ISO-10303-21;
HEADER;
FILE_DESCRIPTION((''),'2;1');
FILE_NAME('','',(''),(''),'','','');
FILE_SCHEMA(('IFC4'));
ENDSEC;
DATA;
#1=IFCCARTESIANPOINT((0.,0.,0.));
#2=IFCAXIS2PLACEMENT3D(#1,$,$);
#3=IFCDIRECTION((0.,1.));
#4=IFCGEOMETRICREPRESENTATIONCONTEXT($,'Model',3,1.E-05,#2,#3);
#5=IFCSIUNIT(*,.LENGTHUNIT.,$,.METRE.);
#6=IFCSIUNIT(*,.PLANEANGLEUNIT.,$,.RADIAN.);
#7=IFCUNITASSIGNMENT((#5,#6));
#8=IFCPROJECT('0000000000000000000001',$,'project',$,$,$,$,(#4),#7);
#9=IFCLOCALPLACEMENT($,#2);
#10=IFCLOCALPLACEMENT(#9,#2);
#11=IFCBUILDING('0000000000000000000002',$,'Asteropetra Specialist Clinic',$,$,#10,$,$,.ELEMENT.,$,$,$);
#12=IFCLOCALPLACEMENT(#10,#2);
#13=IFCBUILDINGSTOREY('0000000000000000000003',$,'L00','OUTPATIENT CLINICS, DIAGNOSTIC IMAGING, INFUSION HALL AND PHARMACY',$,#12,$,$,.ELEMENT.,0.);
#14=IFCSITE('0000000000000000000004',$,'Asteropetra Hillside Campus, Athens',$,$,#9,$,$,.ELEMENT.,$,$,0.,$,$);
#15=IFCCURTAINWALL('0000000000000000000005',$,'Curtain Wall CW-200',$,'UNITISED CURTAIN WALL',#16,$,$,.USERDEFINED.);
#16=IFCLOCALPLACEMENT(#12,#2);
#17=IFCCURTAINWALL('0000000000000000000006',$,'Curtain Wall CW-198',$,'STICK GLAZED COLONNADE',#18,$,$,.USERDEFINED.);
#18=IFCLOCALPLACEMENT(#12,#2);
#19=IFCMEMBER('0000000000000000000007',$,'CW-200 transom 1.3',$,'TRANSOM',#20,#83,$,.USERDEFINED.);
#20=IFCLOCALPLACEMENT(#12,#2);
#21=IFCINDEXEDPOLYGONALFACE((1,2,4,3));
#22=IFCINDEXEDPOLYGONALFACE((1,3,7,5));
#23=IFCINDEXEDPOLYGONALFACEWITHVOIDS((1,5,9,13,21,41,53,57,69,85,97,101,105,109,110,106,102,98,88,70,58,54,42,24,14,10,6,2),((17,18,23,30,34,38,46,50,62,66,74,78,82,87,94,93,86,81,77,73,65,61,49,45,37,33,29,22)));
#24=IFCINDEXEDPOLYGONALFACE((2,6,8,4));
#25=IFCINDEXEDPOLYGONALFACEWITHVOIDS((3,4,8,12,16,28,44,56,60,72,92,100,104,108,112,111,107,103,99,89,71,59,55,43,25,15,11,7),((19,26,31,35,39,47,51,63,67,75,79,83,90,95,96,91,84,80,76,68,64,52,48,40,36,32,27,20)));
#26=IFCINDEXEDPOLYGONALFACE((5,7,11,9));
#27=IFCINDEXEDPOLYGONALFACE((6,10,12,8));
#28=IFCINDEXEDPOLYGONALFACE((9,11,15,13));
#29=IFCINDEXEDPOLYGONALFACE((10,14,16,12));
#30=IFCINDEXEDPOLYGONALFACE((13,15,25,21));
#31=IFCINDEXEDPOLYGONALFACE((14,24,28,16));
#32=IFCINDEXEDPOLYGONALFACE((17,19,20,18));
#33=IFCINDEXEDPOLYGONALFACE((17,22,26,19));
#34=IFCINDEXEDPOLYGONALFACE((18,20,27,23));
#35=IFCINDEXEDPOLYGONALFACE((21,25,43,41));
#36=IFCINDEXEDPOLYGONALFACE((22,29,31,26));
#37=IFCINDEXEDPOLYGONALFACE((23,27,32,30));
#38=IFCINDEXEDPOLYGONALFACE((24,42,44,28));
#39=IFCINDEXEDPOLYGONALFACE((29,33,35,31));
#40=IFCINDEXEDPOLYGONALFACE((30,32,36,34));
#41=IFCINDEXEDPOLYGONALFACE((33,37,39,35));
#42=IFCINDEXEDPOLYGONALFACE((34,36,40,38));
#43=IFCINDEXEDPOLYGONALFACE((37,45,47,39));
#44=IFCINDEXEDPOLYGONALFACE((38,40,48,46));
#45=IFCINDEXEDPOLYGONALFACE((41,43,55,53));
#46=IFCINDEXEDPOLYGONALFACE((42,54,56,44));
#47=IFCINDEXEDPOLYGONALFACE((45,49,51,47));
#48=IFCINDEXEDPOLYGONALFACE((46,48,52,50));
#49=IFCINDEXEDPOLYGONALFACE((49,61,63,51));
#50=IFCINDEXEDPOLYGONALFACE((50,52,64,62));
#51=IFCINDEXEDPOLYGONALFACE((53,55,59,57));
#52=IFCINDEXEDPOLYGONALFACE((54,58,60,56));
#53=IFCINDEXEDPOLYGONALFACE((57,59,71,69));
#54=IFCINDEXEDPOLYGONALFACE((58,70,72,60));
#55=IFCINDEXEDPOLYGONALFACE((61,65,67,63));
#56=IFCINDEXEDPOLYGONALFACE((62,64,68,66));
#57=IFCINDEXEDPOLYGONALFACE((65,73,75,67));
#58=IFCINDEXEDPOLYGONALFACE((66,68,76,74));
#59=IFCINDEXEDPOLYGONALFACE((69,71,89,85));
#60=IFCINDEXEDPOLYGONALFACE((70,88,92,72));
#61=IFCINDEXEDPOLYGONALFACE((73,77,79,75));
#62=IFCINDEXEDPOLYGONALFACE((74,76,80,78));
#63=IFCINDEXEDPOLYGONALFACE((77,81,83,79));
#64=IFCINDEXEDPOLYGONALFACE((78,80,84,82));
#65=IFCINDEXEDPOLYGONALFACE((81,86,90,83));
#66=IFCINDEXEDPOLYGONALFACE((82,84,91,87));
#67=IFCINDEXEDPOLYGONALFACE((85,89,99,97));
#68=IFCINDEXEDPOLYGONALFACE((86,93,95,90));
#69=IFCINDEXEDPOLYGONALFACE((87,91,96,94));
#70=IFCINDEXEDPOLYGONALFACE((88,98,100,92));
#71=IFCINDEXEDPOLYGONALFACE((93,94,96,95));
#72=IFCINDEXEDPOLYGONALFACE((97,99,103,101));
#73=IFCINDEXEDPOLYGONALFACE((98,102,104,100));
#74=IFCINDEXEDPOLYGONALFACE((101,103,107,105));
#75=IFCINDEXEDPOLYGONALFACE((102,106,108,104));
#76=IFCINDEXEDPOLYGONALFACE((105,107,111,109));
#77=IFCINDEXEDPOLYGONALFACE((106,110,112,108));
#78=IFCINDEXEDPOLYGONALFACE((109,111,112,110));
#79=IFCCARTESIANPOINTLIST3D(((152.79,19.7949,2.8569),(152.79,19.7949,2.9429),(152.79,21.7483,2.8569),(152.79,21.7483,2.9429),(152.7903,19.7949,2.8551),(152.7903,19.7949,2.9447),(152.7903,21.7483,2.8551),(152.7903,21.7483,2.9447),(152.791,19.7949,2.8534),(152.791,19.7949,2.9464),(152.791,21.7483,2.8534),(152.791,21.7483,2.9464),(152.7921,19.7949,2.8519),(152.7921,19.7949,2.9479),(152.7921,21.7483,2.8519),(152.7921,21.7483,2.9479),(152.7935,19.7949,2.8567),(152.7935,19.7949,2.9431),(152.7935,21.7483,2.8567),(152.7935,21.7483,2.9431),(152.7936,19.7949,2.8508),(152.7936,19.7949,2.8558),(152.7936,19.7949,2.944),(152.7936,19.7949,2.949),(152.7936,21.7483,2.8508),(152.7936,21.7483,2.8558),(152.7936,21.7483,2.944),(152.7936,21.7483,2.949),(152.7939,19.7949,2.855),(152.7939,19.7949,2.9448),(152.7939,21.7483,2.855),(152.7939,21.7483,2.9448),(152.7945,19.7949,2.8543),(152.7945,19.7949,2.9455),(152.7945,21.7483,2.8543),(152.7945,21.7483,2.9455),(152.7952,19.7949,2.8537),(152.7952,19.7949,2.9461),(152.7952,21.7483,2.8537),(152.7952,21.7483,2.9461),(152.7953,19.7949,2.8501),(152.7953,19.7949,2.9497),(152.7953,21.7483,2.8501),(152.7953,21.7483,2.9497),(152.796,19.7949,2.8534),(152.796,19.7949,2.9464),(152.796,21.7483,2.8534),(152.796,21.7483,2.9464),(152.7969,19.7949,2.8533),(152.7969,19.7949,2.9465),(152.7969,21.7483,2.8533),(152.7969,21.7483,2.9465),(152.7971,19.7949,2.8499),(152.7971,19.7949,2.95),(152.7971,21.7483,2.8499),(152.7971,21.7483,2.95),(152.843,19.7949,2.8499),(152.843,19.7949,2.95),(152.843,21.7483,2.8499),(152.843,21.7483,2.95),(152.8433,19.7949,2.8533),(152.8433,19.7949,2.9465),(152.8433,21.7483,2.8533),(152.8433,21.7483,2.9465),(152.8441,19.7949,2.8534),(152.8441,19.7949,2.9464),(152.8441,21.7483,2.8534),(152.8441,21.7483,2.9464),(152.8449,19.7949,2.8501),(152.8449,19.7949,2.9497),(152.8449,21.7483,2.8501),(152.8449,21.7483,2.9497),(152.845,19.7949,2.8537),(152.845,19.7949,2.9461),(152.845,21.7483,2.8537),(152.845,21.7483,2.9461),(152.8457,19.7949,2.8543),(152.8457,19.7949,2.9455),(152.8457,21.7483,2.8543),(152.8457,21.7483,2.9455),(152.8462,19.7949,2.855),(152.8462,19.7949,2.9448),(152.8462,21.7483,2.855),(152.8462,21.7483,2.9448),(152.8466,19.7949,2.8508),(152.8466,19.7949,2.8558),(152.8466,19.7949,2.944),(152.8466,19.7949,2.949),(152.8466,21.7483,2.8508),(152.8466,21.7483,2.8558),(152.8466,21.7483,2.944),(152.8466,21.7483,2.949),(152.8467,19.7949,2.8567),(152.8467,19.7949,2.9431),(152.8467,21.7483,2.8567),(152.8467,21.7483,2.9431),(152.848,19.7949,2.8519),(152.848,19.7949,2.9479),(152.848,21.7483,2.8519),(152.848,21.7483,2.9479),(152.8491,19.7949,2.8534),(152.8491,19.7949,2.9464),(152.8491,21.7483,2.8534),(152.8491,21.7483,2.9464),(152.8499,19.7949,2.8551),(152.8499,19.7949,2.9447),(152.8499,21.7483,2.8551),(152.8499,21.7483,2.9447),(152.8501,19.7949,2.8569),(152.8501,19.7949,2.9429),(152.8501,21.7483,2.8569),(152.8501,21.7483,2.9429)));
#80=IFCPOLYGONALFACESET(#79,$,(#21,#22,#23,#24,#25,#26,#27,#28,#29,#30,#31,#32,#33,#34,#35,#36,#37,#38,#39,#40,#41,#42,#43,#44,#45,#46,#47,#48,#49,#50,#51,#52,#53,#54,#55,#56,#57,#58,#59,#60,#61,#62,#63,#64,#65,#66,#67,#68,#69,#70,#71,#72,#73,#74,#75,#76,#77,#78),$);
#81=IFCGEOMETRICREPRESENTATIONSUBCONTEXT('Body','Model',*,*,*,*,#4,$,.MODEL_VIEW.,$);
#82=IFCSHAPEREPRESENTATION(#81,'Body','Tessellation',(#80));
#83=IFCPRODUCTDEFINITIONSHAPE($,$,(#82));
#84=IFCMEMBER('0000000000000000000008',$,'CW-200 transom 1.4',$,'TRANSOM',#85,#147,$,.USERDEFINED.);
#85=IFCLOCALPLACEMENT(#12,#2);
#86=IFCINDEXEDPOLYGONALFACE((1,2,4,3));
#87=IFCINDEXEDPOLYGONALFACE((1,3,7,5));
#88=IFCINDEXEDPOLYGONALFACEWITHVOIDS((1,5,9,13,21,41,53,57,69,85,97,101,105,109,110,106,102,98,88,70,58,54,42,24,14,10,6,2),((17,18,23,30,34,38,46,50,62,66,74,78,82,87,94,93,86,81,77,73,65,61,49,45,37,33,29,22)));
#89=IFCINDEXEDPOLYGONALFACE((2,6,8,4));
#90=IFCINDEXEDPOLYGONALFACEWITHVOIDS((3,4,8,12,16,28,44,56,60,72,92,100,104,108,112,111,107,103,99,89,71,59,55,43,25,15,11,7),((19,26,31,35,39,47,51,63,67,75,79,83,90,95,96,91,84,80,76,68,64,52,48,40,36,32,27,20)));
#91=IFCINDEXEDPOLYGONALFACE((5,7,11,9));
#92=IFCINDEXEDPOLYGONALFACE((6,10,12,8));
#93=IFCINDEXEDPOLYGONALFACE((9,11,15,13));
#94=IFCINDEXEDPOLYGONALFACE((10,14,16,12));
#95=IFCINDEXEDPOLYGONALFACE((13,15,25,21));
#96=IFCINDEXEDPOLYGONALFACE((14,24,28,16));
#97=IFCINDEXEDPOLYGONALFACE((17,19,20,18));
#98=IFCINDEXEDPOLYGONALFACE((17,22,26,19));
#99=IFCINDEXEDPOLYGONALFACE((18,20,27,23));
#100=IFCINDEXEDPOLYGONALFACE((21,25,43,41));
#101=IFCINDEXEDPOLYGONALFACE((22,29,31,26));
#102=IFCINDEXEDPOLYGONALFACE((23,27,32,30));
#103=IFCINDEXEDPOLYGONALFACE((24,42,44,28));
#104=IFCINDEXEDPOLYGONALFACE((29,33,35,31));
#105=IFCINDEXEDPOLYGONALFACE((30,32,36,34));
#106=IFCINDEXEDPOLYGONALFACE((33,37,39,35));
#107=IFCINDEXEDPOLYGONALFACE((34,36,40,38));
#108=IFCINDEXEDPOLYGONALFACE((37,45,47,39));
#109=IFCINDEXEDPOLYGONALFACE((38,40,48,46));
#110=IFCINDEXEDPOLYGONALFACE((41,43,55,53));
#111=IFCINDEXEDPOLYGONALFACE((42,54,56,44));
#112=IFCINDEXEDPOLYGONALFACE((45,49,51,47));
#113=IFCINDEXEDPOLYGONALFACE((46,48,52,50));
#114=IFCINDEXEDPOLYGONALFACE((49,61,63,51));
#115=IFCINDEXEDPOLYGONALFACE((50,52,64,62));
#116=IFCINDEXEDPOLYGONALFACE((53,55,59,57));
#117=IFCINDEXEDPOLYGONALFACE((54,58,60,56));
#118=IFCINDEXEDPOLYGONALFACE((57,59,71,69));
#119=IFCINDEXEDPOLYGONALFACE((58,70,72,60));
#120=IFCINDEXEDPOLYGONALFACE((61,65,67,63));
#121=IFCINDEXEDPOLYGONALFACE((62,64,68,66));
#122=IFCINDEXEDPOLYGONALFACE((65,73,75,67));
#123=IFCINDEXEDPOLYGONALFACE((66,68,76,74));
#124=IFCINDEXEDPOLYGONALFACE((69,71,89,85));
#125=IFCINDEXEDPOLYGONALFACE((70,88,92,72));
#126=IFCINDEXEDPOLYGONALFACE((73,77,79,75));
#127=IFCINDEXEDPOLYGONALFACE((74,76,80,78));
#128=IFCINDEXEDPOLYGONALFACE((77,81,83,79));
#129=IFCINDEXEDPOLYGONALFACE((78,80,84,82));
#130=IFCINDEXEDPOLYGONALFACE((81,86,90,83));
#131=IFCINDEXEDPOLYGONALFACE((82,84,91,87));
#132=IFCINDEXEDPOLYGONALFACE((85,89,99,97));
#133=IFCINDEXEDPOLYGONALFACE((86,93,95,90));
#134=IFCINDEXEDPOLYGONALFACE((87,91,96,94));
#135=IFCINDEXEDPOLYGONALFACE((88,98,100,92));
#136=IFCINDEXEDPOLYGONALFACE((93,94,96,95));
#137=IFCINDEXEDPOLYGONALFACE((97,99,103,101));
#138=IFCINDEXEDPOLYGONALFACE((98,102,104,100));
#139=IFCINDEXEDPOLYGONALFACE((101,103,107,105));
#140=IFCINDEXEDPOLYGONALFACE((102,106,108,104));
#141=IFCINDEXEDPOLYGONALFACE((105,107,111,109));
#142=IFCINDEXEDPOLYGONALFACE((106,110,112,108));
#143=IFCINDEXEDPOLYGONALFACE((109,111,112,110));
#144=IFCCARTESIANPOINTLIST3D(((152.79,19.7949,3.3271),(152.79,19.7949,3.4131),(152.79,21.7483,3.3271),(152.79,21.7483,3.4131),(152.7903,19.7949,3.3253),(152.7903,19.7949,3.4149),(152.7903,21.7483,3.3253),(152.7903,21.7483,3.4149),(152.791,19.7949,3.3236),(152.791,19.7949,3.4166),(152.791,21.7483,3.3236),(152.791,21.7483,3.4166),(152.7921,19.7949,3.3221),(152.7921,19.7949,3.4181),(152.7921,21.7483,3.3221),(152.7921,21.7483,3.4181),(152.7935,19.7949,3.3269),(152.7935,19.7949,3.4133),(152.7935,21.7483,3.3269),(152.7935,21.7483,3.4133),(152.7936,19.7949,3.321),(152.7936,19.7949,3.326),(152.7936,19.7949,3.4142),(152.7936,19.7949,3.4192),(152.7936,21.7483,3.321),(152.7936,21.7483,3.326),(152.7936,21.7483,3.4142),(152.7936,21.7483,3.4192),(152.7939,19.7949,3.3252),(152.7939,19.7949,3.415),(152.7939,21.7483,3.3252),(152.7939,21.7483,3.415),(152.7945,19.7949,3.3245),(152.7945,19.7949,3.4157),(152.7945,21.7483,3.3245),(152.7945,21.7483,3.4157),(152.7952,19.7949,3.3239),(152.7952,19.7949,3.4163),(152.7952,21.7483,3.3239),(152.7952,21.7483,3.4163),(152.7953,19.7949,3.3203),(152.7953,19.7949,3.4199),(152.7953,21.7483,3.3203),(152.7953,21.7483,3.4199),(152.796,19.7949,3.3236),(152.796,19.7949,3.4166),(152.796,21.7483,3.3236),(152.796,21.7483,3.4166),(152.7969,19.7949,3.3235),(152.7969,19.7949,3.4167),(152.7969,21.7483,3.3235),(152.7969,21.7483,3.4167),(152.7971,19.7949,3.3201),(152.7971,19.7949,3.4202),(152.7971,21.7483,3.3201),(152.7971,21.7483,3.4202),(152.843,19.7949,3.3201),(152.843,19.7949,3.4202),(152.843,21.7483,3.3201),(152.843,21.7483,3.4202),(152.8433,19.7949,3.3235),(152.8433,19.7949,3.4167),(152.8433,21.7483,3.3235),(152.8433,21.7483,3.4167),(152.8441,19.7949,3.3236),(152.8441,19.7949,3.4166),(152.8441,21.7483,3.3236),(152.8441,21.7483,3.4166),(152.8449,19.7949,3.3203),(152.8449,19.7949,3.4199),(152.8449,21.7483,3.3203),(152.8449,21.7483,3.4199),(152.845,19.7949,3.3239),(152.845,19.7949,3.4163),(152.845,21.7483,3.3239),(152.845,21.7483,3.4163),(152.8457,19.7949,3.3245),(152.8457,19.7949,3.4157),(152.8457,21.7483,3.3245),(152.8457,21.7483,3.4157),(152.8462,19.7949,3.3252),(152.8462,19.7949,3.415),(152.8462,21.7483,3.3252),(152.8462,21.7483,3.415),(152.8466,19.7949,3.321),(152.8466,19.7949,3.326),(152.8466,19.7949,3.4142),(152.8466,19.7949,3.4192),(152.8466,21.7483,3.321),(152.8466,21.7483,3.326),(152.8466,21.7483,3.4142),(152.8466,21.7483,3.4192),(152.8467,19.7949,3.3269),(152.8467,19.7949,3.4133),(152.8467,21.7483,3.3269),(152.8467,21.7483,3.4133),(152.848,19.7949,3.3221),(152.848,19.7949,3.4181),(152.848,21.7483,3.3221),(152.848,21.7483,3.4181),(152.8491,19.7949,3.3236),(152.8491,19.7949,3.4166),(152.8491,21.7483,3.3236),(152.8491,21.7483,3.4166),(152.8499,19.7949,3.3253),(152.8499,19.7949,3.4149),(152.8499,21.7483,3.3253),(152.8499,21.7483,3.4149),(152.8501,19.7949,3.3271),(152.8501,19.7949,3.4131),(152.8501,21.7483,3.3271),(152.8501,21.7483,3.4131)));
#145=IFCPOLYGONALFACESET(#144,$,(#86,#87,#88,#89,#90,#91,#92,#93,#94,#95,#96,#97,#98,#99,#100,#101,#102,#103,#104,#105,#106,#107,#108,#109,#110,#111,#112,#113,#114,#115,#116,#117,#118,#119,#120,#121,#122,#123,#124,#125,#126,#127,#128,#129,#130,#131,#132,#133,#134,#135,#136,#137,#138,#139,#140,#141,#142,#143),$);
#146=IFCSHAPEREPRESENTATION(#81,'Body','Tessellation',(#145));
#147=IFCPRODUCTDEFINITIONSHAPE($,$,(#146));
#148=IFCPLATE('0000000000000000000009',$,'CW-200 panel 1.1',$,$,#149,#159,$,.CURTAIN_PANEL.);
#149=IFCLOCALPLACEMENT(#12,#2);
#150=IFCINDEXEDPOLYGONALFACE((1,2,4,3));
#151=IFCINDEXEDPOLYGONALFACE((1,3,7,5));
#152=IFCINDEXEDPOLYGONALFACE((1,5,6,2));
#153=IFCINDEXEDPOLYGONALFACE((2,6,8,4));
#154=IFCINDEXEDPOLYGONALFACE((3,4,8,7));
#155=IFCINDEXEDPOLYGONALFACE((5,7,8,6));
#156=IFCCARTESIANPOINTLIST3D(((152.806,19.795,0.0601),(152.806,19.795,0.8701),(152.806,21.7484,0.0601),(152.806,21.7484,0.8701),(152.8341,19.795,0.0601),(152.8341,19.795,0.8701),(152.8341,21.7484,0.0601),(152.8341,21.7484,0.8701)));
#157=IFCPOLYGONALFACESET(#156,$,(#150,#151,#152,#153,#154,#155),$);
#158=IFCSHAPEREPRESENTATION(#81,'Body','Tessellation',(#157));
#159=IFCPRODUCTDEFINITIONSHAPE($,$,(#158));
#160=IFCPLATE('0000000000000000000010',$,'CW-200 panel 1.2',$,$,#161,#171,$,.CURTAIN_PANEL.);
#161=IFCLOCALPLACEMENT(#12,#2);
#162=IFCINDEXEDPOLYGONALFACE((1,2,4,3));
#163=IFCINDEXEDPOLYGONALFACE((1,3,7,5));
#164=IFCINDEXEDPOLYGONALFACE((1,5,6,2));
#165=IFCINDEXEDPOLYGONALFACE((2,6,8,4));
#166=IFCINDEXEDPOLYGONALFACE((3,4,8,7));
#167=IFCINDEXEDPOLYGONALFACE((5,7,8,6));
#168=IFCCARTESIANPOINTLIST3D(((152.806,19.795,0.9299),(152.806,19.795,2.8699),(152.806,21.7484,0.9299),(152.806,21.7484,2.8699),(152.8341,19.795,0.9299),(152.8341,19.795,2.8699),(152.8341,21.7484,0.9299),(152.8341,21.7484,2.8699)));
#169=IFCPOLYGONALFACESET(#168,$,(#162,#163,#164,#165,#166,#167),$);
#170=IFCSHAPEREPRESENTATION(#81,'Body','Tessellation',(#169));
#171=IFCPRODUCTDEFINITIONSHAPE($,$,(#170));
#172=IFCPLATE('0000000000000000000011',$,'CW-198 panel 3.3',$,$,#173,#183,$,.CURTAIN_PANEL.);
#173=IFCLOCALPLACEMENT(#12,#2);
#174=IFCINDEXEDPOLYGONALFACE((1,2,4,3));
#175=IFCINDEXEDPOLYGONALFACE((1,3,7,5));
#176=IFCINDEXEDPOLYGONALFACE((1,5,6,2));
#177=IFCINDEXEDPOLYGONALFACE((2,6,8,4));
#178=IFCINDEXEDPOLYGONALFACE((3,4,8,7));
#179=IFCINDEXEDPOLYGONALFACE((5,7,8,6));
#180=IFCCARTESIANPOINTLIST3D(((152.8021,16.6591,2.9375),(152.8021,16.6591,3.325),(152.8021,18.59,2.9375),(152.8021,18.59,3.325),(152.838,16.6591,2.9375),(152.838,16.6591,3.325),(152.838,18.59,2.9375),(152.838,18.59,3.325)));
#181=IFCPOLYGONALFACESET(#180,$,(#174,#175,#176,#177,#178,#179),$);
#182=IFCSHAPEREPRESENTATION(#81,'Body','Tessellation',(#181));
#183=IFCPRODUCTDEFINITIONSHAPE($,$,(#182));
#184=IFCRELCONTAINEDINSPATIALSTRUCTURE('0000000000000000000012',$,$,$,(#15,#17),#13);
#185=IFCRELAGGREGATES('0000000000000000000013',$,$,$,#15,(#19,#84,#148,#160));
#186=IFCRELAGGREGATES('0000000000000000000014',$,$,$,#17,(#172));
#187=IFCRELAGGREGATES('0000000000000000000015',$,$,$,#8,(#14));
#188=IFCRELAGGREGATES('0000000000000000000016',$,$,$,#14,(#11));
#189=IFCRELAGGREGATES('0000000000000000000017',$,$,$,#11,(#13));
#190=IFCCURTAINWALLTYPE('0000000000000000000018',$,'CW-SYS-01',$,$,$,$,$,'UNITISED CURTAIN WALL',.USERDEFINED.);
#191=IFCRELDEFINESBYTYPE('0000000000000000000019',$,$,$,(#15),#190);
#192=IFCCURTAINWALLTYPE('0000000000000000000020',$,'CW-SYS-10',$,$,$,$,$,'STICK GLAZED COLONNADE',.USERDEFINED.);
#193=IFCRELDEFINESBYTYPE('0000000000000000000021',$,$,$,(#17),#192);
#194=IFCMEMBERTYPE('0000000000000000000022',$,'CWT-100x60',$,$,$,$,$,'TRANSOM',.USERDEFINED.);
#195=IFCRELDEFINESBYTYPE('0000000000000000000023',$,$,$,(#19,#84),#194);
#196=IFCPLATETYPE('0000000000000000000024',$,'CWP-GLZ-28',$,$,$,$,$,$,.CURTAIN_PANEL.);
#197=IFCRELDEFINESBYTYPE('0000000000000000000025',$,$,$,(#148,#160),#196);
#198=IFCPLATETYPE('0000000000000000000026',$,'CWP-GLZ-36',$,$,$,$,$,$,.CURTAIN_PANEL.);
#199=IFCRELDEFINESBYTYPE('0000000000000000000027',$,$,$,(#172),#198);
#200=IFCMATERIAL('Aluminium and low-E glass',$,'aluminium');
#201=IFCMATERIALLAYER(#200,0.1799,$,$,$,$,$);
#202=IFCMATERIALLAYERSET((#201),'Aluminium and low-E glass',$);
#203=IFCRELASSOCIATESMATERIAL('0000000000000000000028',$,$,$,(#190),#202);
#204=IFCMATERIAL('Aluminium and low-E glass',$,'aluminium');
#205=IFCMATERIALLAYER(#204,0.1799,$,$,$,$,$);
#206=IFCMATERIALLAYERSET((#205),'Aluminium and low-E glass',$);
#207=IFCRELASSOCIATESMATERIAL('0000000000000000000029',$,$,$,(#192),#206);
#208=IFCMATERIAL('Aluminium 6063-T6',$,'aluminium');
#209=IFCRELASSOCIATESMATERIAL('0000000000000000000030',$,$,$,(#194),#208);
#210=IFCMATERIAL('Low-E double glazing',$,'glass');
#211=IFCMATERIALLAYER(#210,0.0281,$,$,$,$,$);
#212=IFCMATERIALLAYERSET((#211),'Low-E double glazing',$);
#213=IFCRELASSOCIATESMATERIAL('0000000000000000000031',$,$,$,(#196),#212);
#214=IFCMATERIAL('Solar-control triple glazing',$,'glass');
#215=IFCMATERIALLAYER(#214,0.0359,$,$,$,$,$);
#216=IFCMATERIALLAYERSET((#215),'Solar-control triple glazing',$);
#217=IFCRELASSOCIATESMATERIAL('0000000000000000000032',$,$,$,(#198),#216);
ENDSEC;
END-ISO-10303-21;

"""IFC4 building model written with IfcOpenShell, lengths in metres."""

from ifc_helpers import new_model, si_unit, direction, frame, origin, origin_2d, place, context, subcontext, project, spatial, rectangle, hollow_rectangle, extrude, material, layer, layer_set, material_profile, profile_set, type_object, element, aggregate, save


model = new_model("IFC4")

# Units and contexts
model_context = context("Model", 3, precision=1e-05, world=origin(), true_north=direction((0.0, 1.0)))
body_context = subcontext(model_context, "Body", "Model", "MODEL_VIEW")
ifc_project = project(units=[si_unit("LENGTHUNIT", "METRE"), si_unit("PLANEANGLEUNIT", "RADIAN")], contexts=[model_context])

# Site, building, storey
site_placement = place(None, origin())
site = spatial("IfcSite", under=ifc_project, at=site_placement, Name="Asteropetra Hillside Campus, Athens", CompositionType="ELEMENT", RefElevation=0.0)
building_placement = place(site_placement, origin())
building = spatial("IfcBuilding", under=site, at=building_placement, Name="Asteropetra Specialist Clinic", CompositionType="ELEMENT")
storey_placement = place(building_placement, origin())
storey = spatial("IfcBuildingStorey", under=building, at=storey_placement, Name="L00", Description="OUTPATIENT CLINICS, DIAGNOSTIC IMAGING, INFUSION HALL AND PHARMACY", CompositionType="ELEMENT", Elevation=0.0)

# Curtain walls
ifc_material_1 = material(Name="Aluminium and low-E glass", Category="aluminium")
ifc_layer_1 = layer(ifc_material_1, 0.1799)
ifc_layer_set_1 = layer_set([ifc_layer_1], Name="Aluminium and low-E glass")
curtain_wall_type_1 = type_object("IfcCurtainWallType", Name="CW-SYS-01", ElementType="UNITISED CURTAIN WALL", PredefinedType="USERDEFINED", material=ifc_layer_set_1)
curtain_wall_1_placement = place(storey_placement, origin())
curtain_wall_1 = element("IfcCurtainWall", 1, at=curtain_wall_1_placement, inside=storey, type_object=curtain_wall_type_1, Name="Curtain Wall CW-200", ObjectType="UNITISED CURTAIN WALL", PredefinedType="USERDEFINED")
ifc_material_2 = material(Name="Aluminium and low-E glass", Category="aluminium")
ifc_layer_2 = layer(ifc_material_2, 0.1799)
ifc_layer_set_2 = layer_set([ifc_layer_2], Name="Aluminium and low-E glass")
curtain_wall_type_2 = type_object("IfcCurtainWallType", Name="CW-SYS-10", ElementType="STICK GLAZED COLONNADE", PredefinedType="USERDEFINED", material=ifc_layer_set_2)
curtain_wall_2_placement = place(storey_placement, origin())
curtain_wall_2 = element("IfcCurtainWall", 2, at=curtain_wall_2_placement, inside=storey, type_object=curtain_wall_type_2, Name="Curtain Wall CW-198", ObjectType="STICK GLAZED COLONNADE", PredefinedType="USERDEFINED")

# Members
ifc_material_3 = material(Name="Aluminium 6063-T6", Category="aluminium")
ifc_material_profile_1 = material_profile(ifc_material_3, hollow_rectangle(XDim=0.0601, YDim=0.1001, WallThickness=0.0034, InnerFilletRadius=0.0034, OuterFilletRadius=0.0071, at=origin_2d()), Name="TRN 100x60x3.5")
ifc_profile_set_1 = profile_set([ifc_material_profile_1], Name="Aluminium 6063-T6")
member_type_1 = type_object("IfcMemberType", Name="CWT-100x60", ElementType="TRANSOM", PredefinedType="USERDEFINED", material=ifc_profile_set_1)
member_1_placement = place(storey_placement, frame((152.8201, 19.7949, 2.8999), z_axis=(0.0, 1.0, 0.0), x_axis=(-1.0, 0.0, 0.0)))
member_1 = element("IfcMember", 3, at=member_1_placement, type_object=member_type_1, Name="CW-200 transom 1.3", ObjectType="TRANSOM", PredefinedType="USERDEFINED", context=body_context, shape_type="SweptSolid", body=[
    extrude(hollow_rectangle(XDim=0.0601, YDim=0.1001, WallThickness=0.0034, InnerFilletRadius=0.0034, OuterFilletRadius=0.0071, at=origin_2d()), origin(), (0.0, 0.0, 1.0), 1.9534),
])
member_2_placement = place(storey_placement, frame((152.8201, 19.7949, 3.3701), z_axis=(0.0, 1.0, 0.0), x_axis=(-1.0, 0.0, 0.0)))
member_2 = element("IfcMember", 4, at=member_2_placement, type_object=member_type_1, Name="CW-200 transom 1.4", ObjectType="TRANSOM", PredefinedType="USERDEFINED", context=body_context, shape_type="SweptSolid", body=[
    extrude(hollow_rectangle(XDim=0.0601, YDim=0.1001, WallThickness=0.0034, InnerFilletRadius=0.0034, OuterFilletRadius=0.0071, at=origin_2d()), origin(), (0.0, 0.0, 1.0), 1.9534),
])

# Plates
ifc_material_4 = material(Name="Low-E double glazing", Category="glass")
ifc_layer_3 = layer(ifc_material_4, 0.0281)
ifc_layer_set_3 = layer_set([ifc_layer_3], Name="Low-E double glazing")
plate_type_1 = type_object("IfcPlateType", Name="CWP-GLZ-28", PredefinedType="CURTAIN_PANEL", material=ifc_layer_set_3)
plate_1_placement = place(storey_placement, frame((152.8201, 20.7717, 0.0601), z_axis=(0.0, 0.0, 1.0), x_axis=(0.0, 1.0, 0.0)))
plate_1 = element("IfcPlate", 5, at=plate_1_placement, type_object=plate_type_1, Name="CW-200 panel 1.1", PredefinedType="CURTAIN_PANEL", context=body_context, shape_type="SweptSolid", body=[
    extrude(rectangle(XDim=1.9534, YDim=0.0281, at=origin_2d()), origin(), (0.0, 0.0, 1.0), 0.8101),
])
plate_2_placement = place(storey_placement, frame((152.8201, 20.7717, 0.9299), z_axis=(0.0, 0.0, 1.0), x_axis=(0.0, 1.0, 0.0)))
plate_2 = element("IfcPlate", 6, at=plate_2_placement, type_object=plate_type_1, Name="CW-200 panel 1.2", PredefinedType="CURTAIN_PANEL", context=body_context, shape_type="SweptSolid", body=[
    extrude(rectangle(XDim=1.9534, YDim=0.0281, at=origin_2d()), origin(), (0.0, 0.0, 1.0), 1.9399),
])
aggregate(curtain_wall_1, [member_1, member_2, plate_1, plate_2])
ifc_material_5 = material(Name="Solar-control triple glazing", Category="glass")
ifc_layer_4 = layer(ifc_material_5, 0.0359)
ifc_layer_set_4 = layer_set([ifc_layer_4], Name="Solar-control triple glazing")
plate_type_2 = type_object("IfcPlateType", Name="CWP-GLZ-36", PredefinedType="CURTAIN_PANEL", material=ifc_layer_set_4)
plate_3_placement = place(storey_placement, frame((152.8201, 17.6245, 2.9375), z_axis=(0.0, 0.0, 1.0), x_axis=(0.0, 1.0, 0.0)))
plate_3 = element("IfcPlate", 7, at=plate_3_placement, type_object=plate_type_2, Name="CW-198 panel 3.3", PredefinedType="CURTAIN_PANEL", context=body_context, shape_type="SweptSolid", body=[
    extrude(rectangle(XDim=1.9309, YDim=0.0359, at=origin_2d()), origin(), (0.0, 0.0, 1.0), 0.3875),
])
aggregate(curtain_wall_2, [plate_3])

save(model, "model.ifc")
